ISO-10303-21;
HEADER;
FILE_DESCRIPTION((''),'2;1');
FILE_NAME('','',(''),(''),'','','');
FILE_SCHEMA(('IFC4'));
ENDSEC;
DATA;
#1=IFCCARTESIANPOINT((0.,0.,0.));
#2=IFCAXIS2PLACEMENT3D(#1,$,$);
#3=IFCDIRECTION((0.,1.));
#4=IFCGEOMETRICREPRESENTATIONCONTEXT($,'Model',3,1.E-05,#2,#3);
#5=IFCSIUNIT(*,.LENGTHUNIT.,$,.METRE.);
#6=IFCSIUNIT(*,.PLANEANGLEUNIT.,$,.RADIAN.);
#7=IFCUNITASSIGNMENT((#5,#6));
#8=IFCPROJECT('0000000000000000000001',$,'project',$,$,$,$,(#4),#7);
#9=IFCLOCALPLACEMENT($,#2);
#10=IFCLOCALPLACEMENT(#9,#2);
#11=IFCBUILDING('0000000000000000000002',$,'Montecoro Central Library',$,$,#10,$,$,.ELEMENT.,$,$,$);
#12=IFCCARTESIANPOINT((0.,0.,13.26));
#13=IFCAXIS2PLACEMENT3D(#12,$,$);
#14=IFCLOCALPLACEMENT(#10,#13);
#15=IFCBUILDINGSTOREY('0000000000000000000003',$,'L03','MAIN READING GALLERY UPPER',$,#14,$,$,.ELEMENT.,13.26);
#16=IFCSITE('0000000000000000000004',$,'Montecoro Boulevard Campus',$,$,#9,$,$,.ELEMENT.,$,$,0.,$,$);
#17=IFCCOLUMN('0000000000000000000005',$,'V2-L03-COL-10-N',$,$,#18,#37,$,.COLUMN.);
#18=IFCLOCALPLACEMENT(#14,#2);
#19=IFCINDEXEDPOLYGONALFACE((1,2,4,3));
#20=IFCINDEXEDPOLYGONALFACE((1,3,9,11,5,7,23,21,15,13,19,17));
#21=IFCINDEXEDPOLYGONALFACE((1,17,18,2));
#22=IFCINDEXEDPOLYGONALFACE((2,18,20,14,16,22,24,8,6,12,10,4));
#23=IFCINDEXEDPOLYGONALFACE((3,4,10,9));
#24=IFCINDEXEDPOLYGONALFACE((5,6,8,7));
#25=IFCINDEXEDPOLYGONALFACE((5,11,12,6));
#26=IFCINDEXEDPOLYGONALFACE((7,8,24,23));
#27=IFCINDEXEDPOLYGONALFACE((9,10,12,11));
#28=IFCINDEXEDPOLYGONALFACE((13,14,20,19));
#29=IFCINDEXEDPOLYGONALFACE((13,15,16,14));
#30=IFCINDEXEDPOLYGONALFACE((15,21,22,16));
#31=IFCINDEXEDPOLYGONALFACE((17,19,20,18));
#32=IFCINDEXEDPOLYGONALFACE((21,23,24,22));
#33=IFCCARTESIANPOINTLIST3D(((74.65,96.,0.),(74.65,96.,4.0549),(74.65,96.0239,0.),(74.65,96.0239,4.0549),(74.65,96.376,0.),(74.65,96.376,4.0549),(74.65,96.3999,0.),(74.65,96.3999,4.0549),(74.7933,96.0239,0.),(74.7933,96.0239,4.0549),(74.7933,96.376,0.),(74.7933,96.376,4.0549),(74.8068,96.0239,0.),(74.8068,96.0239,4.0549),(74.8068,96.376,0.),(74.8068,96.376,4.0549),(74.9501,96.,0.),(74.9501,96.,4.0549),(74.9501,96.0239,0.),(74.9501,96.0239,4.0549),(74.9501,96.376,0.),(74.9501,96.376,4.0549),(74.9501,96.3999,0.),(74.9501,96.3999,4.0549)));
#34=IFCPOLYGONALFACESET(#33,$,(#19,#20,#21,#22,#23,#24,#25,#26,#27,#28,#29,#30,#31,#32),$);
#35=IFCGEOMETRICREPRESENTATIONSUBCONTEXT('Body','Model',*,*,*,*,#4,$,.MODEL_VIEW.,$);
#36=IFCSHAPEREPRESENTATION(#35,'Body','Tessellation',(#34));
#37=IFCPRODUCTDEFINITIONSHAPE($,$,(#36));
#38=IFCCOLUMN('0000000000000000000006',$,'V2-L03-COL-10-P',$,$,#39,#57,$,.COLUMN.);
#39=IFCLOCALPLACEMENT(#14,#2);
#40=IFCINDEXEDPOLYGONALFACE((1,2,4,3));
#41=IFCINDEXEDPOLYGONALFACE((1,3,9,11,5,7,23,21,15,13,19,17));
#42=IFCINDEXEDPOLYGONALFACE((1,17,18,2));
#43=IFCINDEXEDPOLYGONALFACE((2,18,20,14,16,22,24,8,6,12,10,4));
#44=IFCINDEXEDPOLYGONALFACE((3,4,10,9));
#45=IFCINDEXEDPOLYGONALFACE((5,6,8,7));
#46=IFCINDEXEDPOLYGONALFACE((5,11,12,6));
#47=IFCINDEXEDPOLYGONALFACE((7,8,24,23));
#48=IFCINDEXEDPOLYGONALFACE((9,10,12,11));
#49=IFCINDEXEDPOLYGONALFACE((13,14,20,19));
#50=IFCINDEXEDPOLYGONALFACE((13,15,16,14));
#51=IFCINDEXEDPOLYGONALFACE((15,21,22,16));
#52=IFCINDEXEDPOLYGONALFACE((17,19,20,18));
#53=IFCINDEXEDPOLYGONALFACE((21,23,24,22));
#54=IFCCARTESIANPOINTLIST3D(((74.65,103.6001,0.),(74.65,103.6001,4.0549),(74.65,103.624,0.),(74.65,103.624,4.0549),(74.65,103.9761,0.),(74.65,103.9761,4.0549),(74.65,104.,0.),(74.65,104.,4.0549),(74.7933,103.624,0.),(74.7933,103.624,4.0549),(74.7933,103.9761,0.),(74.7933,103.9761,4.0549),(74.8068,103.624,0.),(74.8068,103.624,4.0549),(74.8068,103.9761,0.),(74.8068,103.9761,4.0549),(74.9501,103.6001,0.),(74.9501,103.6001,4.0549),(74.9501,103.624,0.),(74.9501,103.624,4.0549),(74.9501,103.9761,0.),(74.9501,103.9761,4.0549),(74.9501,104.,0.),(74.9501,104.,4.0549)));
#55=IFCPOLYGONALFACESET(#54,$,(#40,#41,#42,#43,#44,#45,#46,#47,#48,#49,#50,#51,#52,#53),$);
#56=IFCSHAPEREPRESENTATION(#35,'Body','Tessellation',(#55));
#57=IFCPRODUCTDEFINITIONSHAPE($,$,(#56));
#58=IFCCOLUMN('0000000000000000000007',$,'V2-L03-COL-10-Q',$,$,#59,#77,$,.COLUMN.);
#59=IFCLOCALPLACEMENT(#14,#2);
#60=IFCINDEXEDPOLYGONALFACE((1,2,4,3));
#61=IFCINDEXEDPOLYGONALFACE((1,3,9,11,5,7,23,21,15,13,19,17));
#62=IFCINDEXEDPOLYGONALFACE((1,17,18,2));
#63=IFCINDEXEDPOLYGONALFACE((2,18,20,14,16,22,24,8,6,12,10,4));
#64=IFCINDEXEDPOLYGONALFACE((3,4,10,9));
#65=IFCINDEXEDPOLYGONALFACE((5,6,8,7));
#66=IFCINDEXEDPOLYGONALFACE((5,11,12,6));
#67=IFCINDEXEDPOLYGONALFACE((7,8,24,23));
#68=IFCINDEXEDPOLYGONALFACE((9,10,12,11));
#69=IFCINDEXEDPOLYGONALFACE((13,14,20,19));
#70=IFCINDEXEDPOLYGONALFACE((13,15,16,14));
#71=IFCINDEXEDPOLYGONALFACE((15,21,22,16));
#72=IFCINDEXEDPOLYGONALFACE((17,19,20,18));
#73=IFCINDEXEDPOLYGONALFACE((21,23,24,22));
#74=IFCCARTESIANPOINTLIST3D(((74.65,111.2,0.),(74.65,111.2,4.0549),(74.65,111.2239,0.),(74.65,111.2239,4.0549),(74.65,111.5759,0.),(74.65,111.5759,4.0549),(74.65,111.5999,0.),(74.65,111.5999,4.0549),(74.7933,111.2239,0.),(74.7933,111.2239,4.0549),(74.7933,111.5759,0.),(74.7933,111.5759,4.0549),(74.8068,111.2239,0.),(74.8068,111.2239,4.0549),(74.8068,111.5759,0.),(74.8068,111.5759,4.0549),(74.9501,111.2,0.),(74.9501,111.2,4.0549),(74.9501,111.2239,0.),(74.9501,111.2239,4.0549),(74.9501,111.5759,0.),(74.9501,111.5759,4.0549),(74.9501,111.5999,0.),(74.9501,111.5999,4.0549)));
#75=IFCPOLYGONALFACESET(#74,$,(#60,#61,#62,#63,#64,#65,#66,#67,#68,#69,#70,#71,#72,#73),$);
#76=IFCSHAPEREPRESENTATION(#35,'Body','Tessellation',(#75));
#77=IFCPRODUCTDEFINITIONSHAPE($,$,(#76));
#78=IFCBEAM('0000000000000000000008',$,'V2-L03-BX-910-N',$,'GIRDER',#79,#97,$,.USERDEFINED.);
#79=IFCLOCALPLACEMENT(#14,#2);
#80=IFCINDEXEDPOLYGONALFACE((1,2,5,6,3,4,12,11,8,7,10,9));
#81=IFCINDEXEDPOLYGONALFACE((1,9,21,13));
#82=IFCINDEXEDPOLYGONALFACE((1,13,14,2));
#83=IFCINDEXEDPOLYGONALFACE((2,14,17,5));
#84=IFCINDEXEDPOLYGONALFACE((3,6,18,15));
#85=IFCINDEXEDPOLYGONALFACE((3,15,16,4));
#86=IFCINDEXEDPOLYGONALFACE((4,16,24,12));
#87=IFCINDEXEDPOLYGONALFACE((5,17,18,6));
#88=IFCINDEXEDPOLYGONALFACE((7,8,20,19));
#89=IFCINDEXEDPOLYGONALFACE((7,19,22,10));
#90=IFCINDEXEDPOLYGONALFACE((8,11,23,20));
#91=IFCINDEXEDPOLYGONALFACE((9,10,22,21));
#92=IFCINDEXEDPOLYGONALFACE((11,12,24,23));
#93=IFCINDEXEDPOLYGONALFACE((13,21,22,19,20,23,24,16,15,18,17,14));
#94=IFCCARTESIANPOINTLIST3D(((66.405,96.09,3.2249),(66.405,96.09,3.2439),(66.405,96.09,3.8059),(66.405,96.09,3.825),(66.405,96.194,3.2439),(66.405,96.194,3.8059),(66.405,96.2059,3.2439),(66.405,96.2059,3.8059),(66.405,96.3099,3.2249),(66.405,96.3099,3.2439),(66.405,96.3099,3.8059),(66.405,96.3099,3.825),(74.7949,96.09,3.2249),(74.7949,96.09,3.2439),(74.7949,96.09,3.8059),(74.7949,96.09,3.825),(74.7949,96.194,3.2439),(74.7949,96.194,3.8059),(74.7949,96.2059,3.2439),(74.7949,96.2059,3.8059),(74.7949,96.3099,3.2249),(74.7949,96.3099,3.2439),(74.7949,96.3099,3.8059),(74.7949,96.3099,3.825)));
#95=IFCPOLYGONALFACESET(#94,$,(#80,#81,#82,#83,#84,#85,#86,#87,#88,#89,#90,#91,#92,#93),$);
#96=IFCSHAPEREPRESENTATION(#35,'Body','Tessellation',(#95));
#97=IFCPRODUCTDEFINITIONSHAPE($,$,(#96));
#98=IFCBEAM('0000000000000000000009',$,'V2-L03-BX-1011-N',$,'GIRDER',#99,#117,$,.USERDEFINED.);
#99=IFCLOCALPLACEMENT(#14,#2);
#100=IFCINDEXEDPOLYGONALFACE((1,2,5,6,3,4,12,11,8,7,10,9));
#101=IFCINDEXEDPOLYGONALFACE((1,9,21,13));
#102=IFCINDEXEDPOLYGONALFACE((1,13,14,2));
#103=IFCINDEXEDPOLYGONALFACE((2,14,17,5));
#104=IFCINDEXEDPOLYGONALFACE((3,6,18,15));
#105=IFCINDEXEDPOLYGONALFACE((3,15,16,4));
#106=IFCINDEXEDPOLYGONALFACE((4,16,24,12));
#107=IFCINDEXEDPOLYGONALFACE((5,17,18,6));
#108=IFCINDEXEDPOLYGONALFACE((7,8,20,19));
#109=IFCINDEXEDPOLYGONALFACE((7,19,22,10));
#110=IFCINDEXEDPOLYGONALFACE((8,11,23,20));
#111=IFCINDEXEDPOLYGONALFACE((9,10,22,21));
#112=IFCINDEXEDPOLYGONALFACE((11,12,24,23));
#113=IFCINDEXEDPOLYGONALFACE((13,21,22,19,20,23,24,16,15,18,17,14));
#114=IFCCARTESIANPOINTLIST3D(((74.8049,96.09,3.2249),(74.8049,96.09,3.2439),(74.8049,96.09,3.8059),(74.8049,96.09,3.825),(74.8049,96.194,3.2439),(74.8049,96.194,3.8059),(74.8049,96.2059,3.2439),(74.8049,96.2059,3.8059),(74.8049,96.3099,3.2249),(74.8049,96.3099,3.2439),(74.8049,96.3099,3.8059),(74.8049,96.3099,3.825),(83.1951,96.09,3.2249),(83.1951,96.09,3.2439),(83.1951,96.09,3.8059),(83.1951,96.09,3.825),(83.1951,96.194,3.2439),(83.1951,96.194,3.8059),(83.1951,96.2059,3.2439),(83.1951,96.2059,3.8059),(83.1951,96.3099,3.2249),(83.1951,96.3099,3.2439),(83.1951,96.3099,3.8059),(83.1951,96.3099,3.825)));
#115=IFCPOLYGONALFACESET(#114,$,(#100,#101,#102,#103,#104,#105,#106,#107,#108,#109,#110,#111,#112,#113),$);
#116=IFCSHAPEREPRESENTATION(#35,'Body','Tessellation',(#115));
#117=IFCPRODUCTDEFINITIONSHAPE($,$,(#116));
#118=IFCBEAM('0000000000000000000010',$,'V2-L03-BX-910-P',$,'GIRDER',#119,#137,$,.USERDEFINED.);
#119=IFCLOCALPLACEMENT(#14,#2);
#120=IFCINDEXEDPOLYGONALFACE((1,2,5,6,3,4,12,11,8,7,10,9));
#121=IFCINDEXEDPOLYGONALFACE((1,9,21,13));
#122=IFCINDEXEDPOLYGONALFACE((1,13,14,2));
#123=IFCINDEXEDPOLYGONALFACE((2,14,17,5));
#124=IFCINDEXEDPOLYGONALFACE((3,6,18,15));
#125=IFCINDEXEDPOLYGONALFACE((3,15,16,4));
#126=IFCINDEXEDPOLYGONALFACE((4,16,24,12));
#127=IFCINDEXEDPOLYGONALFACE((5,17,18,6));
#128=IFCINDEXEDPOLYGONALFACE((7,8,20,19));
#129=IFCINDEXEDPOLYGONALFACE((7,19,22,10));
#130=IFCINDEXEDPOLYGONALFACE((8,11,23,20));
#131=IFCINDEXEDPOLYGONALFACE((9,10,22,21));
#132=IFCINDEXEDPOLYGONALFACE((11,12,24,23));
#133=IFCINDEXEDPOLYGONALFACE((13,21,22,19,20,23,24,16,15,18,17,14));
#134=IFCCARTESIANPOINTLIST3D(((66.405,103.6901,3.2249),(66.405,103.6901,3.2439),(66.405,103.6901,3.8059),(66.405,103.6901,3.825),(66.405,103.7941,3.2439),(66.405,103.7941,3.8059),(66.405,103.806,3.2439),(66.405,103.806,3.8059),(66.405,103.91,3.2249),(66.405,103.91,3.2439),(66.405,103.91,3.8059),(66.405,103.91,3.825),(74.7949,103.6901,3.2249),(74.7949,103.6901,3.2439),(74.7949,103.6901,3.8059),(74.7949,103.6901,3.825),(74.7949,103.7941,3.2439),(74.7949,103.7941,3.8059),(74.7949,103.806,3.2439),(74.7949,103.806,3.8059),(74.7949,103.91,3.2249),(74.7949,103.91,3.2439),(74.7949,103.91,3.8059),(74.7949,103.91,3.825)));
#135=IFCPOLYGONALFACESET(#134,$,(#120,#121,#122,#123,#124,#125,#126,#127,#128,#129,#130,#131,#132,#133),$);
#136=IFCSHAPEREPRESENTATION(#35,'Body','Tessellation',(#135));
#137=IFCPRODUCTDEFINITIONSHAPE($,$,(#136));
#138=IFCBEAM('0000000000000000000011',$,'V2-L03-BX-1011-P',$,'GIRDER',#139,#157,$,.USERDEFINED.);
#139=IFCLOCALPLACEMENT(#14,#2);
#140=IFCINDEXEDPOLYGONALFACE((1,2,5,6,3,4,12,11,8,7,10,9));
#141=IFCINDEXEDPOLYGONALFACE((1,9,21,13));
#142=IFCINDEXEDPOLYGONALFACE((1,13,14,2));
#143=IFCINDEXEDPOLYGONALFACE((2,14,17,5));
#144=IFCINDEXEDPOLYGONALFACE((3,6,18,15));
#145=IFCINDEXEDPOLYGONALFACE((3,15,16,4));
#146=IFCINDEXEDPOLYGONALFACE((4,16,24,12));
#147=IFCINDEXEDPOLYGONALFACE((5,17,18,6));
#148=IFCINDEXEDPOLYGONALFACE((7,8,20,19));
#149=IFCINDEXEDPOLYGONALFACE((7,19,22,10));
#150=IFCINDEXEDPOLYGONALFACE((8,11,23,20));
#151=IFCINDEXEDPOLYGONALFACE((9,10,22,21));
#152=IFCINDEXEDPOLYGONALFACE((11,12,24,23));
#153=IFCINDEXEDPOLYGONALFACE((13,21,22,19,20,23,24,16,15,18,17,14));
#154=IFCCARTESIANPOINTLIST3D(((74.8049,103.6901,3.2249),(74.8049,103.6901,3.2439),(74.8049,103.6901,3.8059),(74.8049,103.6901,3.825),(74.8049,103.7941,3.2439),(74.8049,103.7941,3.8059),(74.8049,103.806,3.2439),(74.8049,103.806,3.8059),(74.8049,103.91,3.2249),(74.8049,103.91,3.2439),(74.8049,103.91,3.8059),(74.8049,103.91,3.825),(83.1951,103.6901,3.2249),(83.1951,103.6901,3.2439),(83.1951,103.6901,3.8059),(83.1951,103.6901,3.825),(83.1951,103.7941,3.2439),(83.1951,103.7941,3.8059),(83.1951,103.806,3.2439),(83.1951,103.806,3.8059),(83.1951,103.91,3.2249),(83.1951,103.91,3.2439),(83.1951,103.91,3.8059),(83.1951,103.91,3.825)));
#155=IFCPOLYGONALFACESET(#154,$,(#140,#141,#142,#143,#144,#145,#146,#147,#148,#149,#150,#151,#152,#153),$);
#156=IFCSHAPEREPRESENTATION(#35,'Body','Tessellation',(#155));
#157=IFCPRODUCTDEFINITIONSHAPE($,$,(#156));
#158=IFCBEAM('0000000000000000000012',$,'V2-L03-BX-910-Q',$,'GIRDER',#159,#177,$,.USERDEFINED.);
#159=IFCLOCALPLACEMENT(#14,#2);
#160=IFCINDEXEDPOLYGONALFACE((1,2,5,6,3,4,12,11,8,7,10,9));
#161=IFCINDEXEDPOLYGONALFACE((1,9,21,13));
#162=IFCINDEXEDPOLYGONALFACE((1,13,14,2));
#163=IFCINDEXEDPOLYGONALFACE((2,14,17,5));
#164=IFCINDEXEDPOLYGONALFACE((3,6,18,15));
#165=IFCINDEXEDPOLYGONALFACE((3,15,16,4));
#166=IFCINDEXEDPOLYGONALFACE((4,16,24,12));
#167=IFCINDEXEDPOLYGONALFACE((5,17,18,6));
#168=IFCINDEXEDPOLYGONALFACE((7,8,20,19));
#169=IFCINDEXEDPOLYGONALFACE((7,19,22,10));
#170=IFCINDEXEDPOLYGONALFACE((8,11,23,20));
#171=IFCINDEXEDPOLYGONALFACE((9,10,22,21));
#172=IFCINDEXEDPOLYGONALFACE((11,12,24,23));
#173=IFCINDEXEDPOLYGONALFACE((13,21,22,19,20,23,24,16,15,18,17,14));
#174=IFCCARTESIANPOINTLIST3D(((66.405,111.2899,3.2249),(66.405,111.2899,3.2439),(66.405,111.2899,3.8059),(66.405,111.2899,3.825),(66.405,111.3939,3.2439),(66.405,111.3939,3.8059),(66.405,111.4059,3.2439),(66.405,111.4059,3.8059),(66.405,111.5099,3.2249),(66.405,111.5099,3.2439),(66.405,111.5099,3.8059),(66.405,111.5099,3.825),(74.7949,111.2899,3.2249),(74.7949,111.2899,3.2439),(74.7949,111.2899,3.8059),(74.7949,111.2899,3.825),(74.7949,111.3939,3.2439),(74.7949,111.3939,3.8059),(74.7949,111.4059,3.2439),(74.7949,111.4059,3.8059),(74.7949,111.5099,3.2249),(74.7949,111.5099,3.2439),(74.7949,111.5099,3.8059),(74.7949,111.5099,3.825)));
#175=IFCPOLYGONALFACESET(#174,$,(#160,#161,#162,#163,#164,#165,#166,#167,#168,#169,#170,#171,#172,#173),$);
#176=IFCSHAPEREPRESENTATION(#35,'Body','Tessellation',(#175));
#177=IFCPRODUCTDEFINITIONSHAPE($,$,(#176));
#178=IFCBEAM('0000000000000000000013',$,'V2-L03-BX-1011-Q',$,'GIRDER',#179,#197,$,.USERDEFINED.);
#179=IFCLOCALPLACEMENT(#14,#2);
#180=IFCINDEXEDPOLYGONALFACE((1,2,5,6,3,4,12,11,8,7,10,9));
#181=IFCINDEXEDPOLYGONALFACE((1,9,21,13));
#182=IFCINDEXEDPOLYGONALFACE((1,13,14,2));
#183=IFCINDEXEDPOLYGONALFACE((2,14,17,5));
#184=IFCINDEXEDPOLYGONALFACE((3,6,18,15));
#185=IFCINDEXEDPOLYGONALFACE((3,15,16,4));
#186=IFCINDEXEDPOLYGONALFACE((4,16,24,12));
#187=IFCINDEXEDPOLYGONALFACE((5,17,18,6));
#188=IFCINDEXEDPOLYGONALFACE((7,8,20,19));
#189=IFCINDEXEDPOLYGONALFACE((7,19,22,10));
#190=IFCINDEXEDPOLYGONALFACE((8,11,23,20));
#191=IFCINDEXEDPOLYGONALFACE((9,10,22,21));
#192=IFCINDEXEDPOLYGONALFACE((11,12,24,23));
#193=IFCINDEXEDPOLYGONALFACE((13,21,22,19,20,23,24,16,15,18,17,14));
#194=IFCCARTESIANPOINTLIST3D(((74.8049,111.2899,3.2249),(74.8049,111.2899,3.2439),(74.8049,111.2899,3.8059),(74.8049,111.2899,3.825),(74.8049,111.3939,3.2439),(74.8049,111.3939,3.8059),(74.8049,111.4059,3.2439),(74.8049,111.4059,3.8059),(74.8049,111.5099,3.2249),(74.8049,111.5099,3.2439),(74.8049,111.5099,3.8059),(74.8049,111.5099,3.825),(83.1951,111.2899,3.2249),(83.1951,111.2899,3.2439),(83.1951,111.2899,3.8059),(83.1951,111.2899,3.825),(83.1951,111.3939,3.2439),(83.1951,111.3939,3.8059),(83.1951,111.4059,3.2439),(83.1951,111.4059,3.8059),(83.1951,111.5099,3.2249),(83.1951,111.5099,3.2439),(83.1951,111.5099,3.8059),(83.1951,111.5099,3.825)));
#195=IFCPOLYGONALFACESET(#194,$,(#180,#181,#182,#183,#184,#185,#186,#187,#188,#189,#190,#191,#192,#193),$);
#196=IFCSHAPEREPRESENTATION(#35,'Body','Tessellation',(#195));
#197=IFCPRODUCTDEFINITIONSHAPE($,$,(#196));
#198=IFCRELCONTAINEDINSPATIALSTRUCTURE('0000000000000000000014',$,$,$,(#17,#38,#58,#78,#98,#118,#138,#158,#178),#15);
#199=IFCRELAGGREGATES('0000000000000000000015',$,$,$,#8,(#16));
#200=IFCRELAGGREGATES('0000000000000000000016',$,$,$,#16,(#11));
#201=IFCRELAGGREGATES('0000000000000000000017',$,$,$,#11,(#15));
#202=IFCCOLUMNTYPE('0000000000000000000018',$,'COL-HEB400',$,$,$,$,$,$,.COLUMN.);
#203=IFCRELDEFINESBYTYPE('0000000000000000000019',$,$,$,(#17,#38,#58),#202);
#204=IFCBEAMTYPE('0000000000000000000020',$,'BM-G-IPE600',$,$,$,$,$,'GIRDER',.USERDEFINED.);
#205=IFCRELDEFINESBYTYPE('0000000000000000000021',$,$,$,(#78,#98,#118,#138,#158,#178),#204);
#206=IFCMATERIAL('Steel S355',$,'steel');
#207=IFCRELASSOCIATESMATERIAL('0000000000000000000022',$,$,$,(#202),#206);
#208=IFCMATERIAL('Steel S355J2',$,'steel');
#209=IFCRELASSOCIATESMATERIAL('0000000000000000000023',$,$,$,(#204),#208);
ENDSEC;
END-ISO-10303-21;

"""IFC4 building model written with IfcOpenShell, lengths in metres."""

from ifc_helpers import new_model, si_unit, direction, frame, origin, origin_2d, place, context, subcontext, project, spatial, i_section, extrude, material, material_profile, profile_set, type_object, element, save


model = new_model("IFC4")

# Units and contexts
model_context = context("Model", 3, precision=1e-05, world=origin(), true_north=direction((0.0, 1.0)))
body_context = subcontext(model_context, "Body", "Model", "MODEL_VIEW")
ifc_project = project(units=[si_unit("LENGTHUNIT", "METRE"), si_unit("PLANEANGLEUNIT", "RADIAN")], contexts=[model_context])

# Site, building, storey
site_placement = place(None, origin())
site = spatial("IfcSite", under=ifc_project, at=site_placement, Name="Montecoro Boulevard Campus", CompositionType="ELEMENT", RefElevation=0.0)
building_placement = place(site_placement, origin())
building = spatial("IfcBuilding", under=site, at=building_placement, Name="Montecoro Central Library", CompositionType="ELEMENT")
storey_placement = place(building_placement, frame((0.0, 0.0, 13.26)))
storey = spatial("IfcBuildingStorey", under=building, at=storey_placement, Name="L03", Description="MAIN READING GALLERY UPPER", CompositionType="ELEMENT", Elevation=13.26)

# Columns
ifc_material_1 = material(Name="Steel S355", Category="steel")
ifc_material_profile_1 = material_profile(ifc_material_1, i_section(OverallWidth=0.3, OverallDepth=0.3999, WebThickness=0.0134, FlangeThickness=0.0239, at=origin_2d()), Name="HEB 400")
ifc_profile_set_1 = profile_set([ifc_material_profile_1], Name="Steel S355")
column_type = type_object("IfcColumnType", Name="COL-HEB400", PredefinedType="COLUMN", material=ifc_profile_set_1)
for number, where, z_axis, x_axis, name in (
    (1, (74.8, 96.2, 0.0), (0.0, 0.0, 1.0), (1.0, 0.0, 0.0), "V2-L03-COL-10-N"),
    (2, (74.8, 103.8, 0.0), (0.0, 0.0, 1.0), (1.0, 0.0, 0.0), "V2-L03-COL-10-P"),
    (3, (74.8, 111.3999, 0.0), (0.0, 0.0, 1.0), (1.0, 0.0, 0.0), "V2-L03-COL-10-Q"),
):
    element("IfcColumn", number, at=place(storey_placement, frame(where, z_axis=z_axis, x_axis=x_axis)), inside=storey, type_object=column_type, Name=name, PredefinedType="COLUMN", context=body_context, shape_type="SweptSolid", body=[
        extrude(i_section(OverallWidth=0.3, OverallDepth=0.3999, WebThickness=0.0134, FlangeThickness=0.0239, at=origin_2d()), origin(), (0.0, 0.0, 1.0), 4.0549),
    ])

# Beams
ifc_material_2 = material(Name="Steel S355J2", Category="steel")
ifc_material_profile_2 = material_profile(ifc_material_2, i_section(OverallWidth=0.22, OverallDepth=0.6001, WebThickness=0.012, FlangeThickness=0.019, at=origin_2d()), Name="IPE 600")
ifc_profile_set_2 = profile_set([ifc_material_profile_2], Name="Steel S355J2")
beam_type_1 = type_object("IfcBeamType", Name="BM-G-IPE600", ElementType="GIRDER", PredefinedType="USERDEFINED", material=ifc_profile_set_2)
beam_1_placement = place(storey_placement, frame((66.405, 96.2, 3.5249), z_axis=(1.0, 0.0, 0.0), x_axis=(0.0, 1.0, 0.0)))
element("IfcBeam", 4, at=beam_1_placement, inside=storey, type_object=beam_type_1, Name="V2-L03-BX-910-N", ObjectType="GIRDER", PredefinedType="USERDEFINED", context=body_context, shape_type="SweptSolid", body=[
    extrude(i_section(OverallWidth=0.22, OverallDepth=0.6001, WebThickness=0.012, FlangeThickness=0.019, at=origin_2d()), origin(), (0.0, 0.0, 1.0), 8.3899),
])
beam_2_placement = place(storey_placement, frame((74.8049, 96.2, 3.5249), z_axis=(1.0, 0.0, 0.0), x_axis=(0.0, 1.0, 0.0)))
element("IfcBeam", 5, at=beam_2_placement, inside=storey, type_object=beam_type_1, Name="V2-L03-BX-1011-N", ObjectType="GIRDER", PredefinedType="USERDEFINED", context=body_context, shape_type="SweptSolid", body=[
    extrude(i_section(OverallWidth=0.22, OverallDepth=0.6001, WebThickness=0.012, FlangeThickness=0.019, at=origin_2d()), origin(), (0.0, 0.0, 1.0), 8.3901),
])
beam_3_placement = place(storey_placement, frame((66.405, 103.8, 3.5249), z_axis=(1.0, 0.0, 0.0), x_axis=(0.0, 1.0, 0.0)))
element("IfcBeam", 6, at=beam_3_placement, inside=storey, type_object=beam_type_1, Name="V2-L03-BX-910-P", ObjectType="GIRDER", PredefinedType="USERDEFINED", context=body_context, shape_type="SweptSolid", body=[
    extrude(i_section(OverallWidth=0.22, OverallDepth=0.6001, WebThickness=0.012, FlangeThickness=0.019, at=origin_2d()), origin(), (0.0, 0.0, 1.0), 8.3899),
])
beam_4_placement = place(storey_placement, frame((74.8049, 103.8, 3.5249), z_axis=(1.0, 0.0, 0.0), x_axis=(0.0, 1.0, 0.0)))
element("IfcBeam", 7, at=beam_4_placement, inside=storey, type_object=beam_type_1, Name="V2-L03-BX-1011-P", ObjectType="GIRDER", PredefinedType="USERDEFINED", context=body_context, shape_type="SweptSolid", body=[
    extrude(i_section(OverallWidth=0.22, OverallDepth=0.6001, WebThickness=0.012, FlangeThickness=0.019, at=origin_2d()), origin(), (0.0, 0.0, 1.0), 8.3901),
])
beam_5_placement = place(storey_placement, frame((66.405, 111.3999, 3.5249), z_axis=(1.0, 0.0, 0.0), x_axis=(0.0, 1.0, 0.0)))
element("IfcBeam", 8, at=beam_5_placement, inside=storey, type_object=beam_type_1, Name="V2-L03-BX-910-Q", ObjectType="GIRDER", PredefinedType="USERDEFINED", context=body_context, shape_type="SweptSolid", body=[
    extrude(i_section(OverallWidth=0.22, OverallDepth=0.6001, WebThickness=0.012, FlangeThickness=0.019, at=origin_2d()), origin(), (0.0, 0.0, 1.0), 8.3899),
])
beam_6_placement = place(storey_placement, frame((74.8049, 111.3999, 3.5249), z_axis=(1.0, 0.0, 0.0), x_axis=(0.0, 1.0, 0.0)))
element("IfcBeam", 9, at=beam_6_placement, inside=storey, type_object=beam_type_1, Name="V2-L03-BX-1011-Q", ObjectType="GIRDER", PredefinedType="USERDEFINED", context=body_context, shape_type="SweptSolid", body=[
    extrude(i_section(OverallWidth=0.22, OverallDepth=0.6001, WebThickness=0.012, FlangeThickness=0.019, at=origin_2d()), origin(), (0.0, 0.0, 1.0), 8.3901),
])

save(model, "model.ifc")
